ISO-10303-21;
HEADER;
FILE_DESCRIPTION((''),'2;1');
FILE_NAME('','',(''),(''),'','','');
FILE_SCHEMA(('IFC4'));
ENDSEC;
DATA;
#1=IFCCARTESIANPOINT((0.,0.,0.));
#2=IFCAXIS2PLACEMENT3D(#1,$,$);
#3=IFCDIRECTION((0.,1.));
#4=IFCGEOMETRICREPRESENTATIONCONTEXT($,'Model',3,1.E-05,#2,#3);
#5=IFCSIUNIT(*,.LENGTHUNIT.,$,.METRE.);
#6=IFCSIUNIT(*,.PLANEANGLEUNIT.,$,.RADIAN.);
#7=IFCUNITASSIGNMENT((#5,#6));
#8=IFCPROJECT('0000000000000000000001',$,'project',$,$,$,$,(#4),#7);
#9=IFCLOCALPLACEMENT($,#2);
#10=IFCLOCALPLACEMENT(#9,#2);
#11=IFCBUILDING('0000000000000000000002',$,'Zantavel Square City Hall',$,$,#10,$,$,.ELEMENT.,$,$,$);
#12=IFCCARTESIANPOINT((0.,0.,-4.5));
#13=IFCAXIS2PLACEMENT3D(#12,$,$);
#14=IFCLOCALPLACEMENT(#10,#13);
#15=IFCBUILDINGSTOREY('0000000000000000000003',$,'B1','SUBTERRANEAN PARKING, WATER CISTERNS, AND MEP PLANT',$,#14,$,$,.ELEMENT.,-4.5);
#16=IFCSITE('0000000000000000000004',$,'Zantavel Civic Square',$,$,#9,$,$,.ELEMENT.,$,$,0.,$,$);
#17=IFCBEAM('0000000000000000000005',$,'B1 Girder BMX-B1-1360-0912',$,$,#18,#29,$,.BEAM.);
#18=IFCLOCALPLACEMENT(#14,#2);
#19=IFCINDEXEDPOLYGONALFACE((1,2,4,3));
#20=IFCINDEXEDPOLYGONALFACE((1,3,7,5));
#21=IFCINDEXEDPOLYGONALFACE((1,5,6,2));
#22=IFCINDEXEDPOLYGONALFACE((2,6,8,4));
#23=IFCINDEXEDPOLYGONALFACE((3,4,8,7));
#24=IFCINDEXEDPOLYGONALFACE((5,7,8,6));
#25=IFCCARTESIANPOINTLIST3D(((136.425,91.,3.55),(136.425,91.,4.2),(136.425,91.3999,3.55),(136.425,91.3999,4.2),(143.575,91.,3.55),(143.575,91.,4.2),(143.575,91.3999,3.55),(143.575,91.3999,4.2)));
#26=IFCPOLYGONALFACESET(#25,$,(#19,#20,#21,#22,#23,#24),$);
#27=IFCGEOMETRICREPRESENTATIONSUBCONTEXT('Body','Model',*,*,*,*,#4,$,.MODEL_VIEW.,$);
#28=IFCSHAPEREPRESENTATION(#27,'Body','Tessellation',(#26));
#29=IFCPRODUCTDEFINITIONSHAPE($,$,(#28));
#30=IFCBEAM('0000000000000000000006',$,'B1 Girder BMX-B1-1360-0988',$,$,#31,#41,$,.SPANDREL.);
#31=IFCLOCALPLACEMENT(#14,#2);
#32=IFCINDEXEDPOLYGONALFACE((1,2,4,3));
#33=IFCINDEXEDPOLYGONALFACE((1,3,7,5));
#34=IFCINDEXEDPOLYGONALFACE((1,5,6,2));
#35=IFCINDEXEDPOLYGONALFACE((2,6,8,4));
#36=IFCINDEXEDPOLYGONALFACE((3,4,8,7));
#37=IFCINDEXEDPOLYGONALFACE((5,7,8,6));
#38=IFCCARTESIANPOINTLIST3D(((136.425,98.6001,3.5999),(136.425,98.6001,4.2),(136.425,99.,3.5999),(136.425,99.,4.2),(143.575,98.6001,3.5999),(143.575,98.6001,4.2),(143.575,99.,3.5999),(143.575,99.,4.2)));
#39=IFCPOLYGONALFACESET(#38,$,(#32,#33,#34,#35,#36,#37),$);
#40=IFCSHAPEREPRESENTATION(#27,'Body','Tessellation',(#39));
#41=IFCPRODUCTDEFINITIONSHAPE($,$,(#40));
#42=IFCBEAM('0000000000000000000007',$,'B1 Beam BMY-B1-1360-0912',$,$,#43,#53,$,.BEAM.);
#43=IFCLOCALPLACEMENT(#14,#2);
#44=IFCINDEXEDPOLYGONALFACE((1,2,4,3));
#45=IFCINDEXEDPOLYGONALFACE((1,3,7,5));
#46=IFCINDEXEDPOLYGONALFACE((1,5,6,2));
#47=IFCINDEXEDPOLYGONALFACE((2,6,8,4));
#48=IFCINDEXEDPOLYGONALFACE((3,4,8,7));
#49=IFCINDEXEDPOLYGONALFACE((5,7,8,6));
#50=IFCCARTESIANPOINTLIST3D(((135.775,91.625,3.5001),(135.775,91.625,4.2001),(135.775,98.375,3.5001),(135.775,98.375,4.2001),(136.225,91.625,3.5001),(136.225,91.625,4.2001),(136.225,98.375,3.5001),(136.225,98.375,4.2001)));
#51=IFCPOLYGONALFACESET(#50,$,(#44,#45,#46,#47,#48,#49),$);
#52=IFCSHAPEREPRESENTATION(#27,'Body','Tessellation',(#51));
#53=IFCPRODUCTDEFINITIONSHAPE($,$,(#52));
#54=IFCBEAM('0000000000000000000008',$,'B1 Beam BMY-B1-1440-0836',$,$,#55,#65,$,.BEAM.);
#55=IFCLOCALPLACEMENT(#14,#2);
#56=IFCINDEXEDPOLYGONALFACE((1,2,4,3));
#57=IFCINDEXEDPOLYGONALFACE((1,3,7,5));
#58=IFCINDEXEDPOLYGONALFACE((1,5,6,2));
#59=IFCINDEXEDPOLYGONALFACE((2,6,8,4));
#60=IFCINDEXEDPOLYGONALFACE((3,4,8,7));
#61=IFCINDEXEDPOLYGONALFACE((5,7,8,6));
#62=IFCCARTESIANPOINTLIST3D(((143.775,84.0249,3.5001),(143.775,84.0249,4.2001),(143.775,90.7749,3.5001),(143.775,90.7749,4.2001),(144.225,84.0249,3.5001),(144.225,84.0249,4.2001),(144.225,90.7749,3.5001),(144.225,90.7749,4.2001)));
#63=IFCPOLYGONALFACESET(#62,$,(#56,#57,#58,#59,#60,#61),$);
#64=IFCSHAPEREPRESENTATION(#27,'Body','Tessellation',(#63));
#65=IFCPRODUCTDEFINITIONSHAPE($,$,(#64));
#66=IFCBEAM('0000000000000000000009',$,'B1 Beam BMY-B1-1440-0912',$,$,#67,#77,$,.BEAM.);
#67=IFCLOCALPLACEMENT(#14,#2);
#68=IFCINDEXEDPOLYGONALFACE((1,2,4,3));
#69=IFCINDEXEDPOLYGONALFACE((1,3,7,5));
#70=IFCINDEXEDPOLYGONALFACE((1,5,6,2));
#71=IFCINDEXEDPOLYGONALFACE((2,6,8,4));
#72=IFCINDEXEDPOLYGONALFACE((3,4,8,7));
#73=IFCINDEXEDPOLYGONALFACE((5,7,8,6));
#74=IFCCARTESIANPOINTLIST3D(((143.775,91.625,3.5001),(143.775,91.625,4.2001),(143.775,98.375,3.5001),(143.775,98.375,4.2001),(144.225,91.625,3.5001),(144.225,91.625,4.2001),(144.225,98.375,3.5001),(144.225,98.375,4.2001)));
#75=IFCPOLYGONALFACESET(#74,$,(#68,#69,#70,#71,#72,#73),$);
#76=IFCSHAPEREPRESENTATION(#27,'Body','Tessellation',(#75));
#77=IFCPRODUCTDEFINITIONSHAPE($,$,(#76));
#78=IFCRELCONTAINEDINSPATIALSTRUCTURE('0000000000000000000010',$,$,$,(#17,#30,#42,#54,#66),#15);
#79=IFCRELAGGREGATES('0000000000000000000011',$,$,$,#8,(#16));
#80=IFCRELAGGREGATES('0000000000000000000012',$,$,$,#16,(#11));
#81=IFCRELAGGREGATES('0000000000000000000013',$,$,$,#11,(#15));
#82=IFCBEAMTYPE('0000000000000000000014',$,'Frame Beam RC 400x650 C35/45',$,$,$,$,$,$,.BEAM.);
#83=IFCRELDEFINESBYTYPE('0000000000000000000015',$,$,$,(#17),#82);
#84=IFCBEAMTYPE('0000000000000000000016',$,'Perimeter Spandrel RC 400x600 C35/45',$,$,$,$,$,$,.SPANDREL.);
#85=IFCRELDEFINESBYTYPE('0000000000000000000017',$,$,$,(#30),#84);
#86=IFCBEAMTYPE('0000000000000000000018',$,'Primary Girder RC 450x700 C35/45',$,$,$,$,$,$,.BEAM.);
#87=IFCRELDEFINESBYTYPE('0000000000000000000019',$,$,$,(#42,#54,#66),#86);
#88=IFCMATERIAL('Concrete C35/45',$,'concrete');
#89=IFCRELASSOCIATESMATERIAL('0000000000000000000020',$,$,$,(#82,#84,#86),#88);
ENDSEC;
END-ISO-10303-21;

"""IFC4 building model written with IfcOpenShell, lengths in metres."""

from ifc_helpers import new_model, si_unit, direction, frame, origin, origin_2d, place, context, subcontext, project, spatial, rectangle, extrude, material, material_profile, profile_set, type_object, element, save


model = new_model("IFC4")

# Units and contexts
model_context = context("Model", 3, precision=1e-05, world=origin(), true_north=direction((0.0, 1.0)))
body_context = subcontext(model_context, "Body", "Model", "MODEL_VIEW")
ifc_project = project(units=[si_unit("LENGTHUNIT", "METRE"), si_unit("PLANEANGLEUNIT", "RADIAN")], contexts=[model_context])

# Site, building, storey
site_placement = place(None, origin())
site = spatial("IfcSite", under=ifc_project, at=site_placement, Name="Zantavel Civic Square", CompositionType="ELEMENT", RefElevation=0.0)
building_placement = place(site_placement, origin())
building = spatial("IfcBuilding", under=site, at=building_placement, Name="Zantavel Square City Hall", CompositionType="ELEMENT")
storey_placement = place(building_placement, frame((0.0, 0.0, -4.5)))
storey = spatial("IfcBuildingStorey", under=building, at=storey_placement, Name="B1", Description="SUBTERRANEAN PARKING, WATER CISTERNS, AND MEP PLANT", CompositionType="ELEMENT", Elevation=-4.5)

# Shared definitions
ifc_material_1 = material(Name="Concrete C35/45", Category="concrete")

# Beams
ifc_material_profile_1 = material_profile(ifc_material_1, rectangle(XDim=0.3999, YDim=0.6499, at=origin_2d()), Name="RC 400x650")
ifc_profile_set_1 = profile_set([ifc_material_profile_1], Name="Concrete C35/45")
beam_type_1 = type_object("IfcBeamType", Name="Frame Beam RC 400x650 C35/45", PredefinedType="BEAM", material=ifc_profile_set_1)
beam_1_placement = place(storey_placement, frame((136.425, 91.2, 3.875), z_axis=(1.0, 0.0, 0.0), x_axis=(0.0, 1.0, 0.0)))
element("IfcBeam", 1, at=beam_1_placement, inside=storey, type_object=beam_type_1, Name="B1 Girder BMX-B1-1360-0912", PredefinedType="BEAM", context=body_context, shape_type="SweptSolid", body=[
    extrude(rectangle(XDim=0.3999, YDim=0.6499, at=origin_2d()), origin(), (0.0, 0.0, 1.0), 7.1499),
])
ifc_material_profile_2 = material_profile(ifc_material_1, rectangle(XDim=0.3999, YDim=0.6001, at=origin_2d()), Name="RC 400x600")
ifc_profile_set_2 = profile_set([ifc_material_profile_2], Name="Concrete C35/45")
beam_type_2 = type_object("IfcBeamType", Name="Perimeter Spandrel RC 400x600 C35/45", PredefinedType="SPANDREL", material=ifc_profile_set_2)
beam_2_placement = place(storey_placement, frame((136.425, 98.8, 3.8999), z_axis=(1.0, 0.0, 0.0), x_axis=(0.0, 1.0, 0.0)))
element("IfcBeam", 2, at=beam_2_placement, inside=storey, type_object=beam_type_2, Name="B1 Girder BMX-B1-1360-0988", PredefinedType="SPANDREL", context=body_context, shape_type="SweptSolid", body=[
    extrude(rectangle(XDim=0.3999, YDim=0.6001, at=origin_2d()), origin(), (0.0, 0.0, 1.0), 7.1499),
])
ifc_material_profile_3 = material_profile(ifc_material_1, rectangle(XDim=0.45, YDim=0.7, at=origin_2d()), Name="RC 450x700")
ifc_profile_set_3 = profile_set([ifc_material_profile_3], Name="Concrete C35/45")
beam_type_3 = type_object("IfcBeamType", Name="Primary Girder RC 450x700 C35/45", PredefinedType="BEAM", material=ifc_profile_set_3)
for number, where, z_axis, x_axis, name in (
    (3, (136.0, 91.625, 3.8501), (0.0, 1.0, 0.0), (-1.0, 0.0, 0.0), "B1 Beam BMY-B1-1360-0912"),
    (4, (144.0, 84.0249, 3.8501), (0.0, 1.0, 0.0), (-1.0, 0.0, 0.0), "B1 Beam BMY-B1-1440-0836"),
    (5, (144.0, 91.625, 3.8501), (0.0, 1.0, 0.0), (-1.0, 0.0, 0.0), "B1 Beam BMY-B1-1440-0912"),
):
    element("IfcBeam", number, at=place(storey_placement, frame(where, z_axis=z_axis, x_axis=x_axis)), inside=storey, type_object=beam_type_3, Name=name, PredefinedType="BEAM", context=body_context, shape_type="SweptSolid", body=[
        extrude(rectangle(XDim=0.45, YDim=0.7, at=origin_2d()), origin(), (0.0, 0.0, 1.0), 6.75),
    ])

save(model, "model.ifc")
